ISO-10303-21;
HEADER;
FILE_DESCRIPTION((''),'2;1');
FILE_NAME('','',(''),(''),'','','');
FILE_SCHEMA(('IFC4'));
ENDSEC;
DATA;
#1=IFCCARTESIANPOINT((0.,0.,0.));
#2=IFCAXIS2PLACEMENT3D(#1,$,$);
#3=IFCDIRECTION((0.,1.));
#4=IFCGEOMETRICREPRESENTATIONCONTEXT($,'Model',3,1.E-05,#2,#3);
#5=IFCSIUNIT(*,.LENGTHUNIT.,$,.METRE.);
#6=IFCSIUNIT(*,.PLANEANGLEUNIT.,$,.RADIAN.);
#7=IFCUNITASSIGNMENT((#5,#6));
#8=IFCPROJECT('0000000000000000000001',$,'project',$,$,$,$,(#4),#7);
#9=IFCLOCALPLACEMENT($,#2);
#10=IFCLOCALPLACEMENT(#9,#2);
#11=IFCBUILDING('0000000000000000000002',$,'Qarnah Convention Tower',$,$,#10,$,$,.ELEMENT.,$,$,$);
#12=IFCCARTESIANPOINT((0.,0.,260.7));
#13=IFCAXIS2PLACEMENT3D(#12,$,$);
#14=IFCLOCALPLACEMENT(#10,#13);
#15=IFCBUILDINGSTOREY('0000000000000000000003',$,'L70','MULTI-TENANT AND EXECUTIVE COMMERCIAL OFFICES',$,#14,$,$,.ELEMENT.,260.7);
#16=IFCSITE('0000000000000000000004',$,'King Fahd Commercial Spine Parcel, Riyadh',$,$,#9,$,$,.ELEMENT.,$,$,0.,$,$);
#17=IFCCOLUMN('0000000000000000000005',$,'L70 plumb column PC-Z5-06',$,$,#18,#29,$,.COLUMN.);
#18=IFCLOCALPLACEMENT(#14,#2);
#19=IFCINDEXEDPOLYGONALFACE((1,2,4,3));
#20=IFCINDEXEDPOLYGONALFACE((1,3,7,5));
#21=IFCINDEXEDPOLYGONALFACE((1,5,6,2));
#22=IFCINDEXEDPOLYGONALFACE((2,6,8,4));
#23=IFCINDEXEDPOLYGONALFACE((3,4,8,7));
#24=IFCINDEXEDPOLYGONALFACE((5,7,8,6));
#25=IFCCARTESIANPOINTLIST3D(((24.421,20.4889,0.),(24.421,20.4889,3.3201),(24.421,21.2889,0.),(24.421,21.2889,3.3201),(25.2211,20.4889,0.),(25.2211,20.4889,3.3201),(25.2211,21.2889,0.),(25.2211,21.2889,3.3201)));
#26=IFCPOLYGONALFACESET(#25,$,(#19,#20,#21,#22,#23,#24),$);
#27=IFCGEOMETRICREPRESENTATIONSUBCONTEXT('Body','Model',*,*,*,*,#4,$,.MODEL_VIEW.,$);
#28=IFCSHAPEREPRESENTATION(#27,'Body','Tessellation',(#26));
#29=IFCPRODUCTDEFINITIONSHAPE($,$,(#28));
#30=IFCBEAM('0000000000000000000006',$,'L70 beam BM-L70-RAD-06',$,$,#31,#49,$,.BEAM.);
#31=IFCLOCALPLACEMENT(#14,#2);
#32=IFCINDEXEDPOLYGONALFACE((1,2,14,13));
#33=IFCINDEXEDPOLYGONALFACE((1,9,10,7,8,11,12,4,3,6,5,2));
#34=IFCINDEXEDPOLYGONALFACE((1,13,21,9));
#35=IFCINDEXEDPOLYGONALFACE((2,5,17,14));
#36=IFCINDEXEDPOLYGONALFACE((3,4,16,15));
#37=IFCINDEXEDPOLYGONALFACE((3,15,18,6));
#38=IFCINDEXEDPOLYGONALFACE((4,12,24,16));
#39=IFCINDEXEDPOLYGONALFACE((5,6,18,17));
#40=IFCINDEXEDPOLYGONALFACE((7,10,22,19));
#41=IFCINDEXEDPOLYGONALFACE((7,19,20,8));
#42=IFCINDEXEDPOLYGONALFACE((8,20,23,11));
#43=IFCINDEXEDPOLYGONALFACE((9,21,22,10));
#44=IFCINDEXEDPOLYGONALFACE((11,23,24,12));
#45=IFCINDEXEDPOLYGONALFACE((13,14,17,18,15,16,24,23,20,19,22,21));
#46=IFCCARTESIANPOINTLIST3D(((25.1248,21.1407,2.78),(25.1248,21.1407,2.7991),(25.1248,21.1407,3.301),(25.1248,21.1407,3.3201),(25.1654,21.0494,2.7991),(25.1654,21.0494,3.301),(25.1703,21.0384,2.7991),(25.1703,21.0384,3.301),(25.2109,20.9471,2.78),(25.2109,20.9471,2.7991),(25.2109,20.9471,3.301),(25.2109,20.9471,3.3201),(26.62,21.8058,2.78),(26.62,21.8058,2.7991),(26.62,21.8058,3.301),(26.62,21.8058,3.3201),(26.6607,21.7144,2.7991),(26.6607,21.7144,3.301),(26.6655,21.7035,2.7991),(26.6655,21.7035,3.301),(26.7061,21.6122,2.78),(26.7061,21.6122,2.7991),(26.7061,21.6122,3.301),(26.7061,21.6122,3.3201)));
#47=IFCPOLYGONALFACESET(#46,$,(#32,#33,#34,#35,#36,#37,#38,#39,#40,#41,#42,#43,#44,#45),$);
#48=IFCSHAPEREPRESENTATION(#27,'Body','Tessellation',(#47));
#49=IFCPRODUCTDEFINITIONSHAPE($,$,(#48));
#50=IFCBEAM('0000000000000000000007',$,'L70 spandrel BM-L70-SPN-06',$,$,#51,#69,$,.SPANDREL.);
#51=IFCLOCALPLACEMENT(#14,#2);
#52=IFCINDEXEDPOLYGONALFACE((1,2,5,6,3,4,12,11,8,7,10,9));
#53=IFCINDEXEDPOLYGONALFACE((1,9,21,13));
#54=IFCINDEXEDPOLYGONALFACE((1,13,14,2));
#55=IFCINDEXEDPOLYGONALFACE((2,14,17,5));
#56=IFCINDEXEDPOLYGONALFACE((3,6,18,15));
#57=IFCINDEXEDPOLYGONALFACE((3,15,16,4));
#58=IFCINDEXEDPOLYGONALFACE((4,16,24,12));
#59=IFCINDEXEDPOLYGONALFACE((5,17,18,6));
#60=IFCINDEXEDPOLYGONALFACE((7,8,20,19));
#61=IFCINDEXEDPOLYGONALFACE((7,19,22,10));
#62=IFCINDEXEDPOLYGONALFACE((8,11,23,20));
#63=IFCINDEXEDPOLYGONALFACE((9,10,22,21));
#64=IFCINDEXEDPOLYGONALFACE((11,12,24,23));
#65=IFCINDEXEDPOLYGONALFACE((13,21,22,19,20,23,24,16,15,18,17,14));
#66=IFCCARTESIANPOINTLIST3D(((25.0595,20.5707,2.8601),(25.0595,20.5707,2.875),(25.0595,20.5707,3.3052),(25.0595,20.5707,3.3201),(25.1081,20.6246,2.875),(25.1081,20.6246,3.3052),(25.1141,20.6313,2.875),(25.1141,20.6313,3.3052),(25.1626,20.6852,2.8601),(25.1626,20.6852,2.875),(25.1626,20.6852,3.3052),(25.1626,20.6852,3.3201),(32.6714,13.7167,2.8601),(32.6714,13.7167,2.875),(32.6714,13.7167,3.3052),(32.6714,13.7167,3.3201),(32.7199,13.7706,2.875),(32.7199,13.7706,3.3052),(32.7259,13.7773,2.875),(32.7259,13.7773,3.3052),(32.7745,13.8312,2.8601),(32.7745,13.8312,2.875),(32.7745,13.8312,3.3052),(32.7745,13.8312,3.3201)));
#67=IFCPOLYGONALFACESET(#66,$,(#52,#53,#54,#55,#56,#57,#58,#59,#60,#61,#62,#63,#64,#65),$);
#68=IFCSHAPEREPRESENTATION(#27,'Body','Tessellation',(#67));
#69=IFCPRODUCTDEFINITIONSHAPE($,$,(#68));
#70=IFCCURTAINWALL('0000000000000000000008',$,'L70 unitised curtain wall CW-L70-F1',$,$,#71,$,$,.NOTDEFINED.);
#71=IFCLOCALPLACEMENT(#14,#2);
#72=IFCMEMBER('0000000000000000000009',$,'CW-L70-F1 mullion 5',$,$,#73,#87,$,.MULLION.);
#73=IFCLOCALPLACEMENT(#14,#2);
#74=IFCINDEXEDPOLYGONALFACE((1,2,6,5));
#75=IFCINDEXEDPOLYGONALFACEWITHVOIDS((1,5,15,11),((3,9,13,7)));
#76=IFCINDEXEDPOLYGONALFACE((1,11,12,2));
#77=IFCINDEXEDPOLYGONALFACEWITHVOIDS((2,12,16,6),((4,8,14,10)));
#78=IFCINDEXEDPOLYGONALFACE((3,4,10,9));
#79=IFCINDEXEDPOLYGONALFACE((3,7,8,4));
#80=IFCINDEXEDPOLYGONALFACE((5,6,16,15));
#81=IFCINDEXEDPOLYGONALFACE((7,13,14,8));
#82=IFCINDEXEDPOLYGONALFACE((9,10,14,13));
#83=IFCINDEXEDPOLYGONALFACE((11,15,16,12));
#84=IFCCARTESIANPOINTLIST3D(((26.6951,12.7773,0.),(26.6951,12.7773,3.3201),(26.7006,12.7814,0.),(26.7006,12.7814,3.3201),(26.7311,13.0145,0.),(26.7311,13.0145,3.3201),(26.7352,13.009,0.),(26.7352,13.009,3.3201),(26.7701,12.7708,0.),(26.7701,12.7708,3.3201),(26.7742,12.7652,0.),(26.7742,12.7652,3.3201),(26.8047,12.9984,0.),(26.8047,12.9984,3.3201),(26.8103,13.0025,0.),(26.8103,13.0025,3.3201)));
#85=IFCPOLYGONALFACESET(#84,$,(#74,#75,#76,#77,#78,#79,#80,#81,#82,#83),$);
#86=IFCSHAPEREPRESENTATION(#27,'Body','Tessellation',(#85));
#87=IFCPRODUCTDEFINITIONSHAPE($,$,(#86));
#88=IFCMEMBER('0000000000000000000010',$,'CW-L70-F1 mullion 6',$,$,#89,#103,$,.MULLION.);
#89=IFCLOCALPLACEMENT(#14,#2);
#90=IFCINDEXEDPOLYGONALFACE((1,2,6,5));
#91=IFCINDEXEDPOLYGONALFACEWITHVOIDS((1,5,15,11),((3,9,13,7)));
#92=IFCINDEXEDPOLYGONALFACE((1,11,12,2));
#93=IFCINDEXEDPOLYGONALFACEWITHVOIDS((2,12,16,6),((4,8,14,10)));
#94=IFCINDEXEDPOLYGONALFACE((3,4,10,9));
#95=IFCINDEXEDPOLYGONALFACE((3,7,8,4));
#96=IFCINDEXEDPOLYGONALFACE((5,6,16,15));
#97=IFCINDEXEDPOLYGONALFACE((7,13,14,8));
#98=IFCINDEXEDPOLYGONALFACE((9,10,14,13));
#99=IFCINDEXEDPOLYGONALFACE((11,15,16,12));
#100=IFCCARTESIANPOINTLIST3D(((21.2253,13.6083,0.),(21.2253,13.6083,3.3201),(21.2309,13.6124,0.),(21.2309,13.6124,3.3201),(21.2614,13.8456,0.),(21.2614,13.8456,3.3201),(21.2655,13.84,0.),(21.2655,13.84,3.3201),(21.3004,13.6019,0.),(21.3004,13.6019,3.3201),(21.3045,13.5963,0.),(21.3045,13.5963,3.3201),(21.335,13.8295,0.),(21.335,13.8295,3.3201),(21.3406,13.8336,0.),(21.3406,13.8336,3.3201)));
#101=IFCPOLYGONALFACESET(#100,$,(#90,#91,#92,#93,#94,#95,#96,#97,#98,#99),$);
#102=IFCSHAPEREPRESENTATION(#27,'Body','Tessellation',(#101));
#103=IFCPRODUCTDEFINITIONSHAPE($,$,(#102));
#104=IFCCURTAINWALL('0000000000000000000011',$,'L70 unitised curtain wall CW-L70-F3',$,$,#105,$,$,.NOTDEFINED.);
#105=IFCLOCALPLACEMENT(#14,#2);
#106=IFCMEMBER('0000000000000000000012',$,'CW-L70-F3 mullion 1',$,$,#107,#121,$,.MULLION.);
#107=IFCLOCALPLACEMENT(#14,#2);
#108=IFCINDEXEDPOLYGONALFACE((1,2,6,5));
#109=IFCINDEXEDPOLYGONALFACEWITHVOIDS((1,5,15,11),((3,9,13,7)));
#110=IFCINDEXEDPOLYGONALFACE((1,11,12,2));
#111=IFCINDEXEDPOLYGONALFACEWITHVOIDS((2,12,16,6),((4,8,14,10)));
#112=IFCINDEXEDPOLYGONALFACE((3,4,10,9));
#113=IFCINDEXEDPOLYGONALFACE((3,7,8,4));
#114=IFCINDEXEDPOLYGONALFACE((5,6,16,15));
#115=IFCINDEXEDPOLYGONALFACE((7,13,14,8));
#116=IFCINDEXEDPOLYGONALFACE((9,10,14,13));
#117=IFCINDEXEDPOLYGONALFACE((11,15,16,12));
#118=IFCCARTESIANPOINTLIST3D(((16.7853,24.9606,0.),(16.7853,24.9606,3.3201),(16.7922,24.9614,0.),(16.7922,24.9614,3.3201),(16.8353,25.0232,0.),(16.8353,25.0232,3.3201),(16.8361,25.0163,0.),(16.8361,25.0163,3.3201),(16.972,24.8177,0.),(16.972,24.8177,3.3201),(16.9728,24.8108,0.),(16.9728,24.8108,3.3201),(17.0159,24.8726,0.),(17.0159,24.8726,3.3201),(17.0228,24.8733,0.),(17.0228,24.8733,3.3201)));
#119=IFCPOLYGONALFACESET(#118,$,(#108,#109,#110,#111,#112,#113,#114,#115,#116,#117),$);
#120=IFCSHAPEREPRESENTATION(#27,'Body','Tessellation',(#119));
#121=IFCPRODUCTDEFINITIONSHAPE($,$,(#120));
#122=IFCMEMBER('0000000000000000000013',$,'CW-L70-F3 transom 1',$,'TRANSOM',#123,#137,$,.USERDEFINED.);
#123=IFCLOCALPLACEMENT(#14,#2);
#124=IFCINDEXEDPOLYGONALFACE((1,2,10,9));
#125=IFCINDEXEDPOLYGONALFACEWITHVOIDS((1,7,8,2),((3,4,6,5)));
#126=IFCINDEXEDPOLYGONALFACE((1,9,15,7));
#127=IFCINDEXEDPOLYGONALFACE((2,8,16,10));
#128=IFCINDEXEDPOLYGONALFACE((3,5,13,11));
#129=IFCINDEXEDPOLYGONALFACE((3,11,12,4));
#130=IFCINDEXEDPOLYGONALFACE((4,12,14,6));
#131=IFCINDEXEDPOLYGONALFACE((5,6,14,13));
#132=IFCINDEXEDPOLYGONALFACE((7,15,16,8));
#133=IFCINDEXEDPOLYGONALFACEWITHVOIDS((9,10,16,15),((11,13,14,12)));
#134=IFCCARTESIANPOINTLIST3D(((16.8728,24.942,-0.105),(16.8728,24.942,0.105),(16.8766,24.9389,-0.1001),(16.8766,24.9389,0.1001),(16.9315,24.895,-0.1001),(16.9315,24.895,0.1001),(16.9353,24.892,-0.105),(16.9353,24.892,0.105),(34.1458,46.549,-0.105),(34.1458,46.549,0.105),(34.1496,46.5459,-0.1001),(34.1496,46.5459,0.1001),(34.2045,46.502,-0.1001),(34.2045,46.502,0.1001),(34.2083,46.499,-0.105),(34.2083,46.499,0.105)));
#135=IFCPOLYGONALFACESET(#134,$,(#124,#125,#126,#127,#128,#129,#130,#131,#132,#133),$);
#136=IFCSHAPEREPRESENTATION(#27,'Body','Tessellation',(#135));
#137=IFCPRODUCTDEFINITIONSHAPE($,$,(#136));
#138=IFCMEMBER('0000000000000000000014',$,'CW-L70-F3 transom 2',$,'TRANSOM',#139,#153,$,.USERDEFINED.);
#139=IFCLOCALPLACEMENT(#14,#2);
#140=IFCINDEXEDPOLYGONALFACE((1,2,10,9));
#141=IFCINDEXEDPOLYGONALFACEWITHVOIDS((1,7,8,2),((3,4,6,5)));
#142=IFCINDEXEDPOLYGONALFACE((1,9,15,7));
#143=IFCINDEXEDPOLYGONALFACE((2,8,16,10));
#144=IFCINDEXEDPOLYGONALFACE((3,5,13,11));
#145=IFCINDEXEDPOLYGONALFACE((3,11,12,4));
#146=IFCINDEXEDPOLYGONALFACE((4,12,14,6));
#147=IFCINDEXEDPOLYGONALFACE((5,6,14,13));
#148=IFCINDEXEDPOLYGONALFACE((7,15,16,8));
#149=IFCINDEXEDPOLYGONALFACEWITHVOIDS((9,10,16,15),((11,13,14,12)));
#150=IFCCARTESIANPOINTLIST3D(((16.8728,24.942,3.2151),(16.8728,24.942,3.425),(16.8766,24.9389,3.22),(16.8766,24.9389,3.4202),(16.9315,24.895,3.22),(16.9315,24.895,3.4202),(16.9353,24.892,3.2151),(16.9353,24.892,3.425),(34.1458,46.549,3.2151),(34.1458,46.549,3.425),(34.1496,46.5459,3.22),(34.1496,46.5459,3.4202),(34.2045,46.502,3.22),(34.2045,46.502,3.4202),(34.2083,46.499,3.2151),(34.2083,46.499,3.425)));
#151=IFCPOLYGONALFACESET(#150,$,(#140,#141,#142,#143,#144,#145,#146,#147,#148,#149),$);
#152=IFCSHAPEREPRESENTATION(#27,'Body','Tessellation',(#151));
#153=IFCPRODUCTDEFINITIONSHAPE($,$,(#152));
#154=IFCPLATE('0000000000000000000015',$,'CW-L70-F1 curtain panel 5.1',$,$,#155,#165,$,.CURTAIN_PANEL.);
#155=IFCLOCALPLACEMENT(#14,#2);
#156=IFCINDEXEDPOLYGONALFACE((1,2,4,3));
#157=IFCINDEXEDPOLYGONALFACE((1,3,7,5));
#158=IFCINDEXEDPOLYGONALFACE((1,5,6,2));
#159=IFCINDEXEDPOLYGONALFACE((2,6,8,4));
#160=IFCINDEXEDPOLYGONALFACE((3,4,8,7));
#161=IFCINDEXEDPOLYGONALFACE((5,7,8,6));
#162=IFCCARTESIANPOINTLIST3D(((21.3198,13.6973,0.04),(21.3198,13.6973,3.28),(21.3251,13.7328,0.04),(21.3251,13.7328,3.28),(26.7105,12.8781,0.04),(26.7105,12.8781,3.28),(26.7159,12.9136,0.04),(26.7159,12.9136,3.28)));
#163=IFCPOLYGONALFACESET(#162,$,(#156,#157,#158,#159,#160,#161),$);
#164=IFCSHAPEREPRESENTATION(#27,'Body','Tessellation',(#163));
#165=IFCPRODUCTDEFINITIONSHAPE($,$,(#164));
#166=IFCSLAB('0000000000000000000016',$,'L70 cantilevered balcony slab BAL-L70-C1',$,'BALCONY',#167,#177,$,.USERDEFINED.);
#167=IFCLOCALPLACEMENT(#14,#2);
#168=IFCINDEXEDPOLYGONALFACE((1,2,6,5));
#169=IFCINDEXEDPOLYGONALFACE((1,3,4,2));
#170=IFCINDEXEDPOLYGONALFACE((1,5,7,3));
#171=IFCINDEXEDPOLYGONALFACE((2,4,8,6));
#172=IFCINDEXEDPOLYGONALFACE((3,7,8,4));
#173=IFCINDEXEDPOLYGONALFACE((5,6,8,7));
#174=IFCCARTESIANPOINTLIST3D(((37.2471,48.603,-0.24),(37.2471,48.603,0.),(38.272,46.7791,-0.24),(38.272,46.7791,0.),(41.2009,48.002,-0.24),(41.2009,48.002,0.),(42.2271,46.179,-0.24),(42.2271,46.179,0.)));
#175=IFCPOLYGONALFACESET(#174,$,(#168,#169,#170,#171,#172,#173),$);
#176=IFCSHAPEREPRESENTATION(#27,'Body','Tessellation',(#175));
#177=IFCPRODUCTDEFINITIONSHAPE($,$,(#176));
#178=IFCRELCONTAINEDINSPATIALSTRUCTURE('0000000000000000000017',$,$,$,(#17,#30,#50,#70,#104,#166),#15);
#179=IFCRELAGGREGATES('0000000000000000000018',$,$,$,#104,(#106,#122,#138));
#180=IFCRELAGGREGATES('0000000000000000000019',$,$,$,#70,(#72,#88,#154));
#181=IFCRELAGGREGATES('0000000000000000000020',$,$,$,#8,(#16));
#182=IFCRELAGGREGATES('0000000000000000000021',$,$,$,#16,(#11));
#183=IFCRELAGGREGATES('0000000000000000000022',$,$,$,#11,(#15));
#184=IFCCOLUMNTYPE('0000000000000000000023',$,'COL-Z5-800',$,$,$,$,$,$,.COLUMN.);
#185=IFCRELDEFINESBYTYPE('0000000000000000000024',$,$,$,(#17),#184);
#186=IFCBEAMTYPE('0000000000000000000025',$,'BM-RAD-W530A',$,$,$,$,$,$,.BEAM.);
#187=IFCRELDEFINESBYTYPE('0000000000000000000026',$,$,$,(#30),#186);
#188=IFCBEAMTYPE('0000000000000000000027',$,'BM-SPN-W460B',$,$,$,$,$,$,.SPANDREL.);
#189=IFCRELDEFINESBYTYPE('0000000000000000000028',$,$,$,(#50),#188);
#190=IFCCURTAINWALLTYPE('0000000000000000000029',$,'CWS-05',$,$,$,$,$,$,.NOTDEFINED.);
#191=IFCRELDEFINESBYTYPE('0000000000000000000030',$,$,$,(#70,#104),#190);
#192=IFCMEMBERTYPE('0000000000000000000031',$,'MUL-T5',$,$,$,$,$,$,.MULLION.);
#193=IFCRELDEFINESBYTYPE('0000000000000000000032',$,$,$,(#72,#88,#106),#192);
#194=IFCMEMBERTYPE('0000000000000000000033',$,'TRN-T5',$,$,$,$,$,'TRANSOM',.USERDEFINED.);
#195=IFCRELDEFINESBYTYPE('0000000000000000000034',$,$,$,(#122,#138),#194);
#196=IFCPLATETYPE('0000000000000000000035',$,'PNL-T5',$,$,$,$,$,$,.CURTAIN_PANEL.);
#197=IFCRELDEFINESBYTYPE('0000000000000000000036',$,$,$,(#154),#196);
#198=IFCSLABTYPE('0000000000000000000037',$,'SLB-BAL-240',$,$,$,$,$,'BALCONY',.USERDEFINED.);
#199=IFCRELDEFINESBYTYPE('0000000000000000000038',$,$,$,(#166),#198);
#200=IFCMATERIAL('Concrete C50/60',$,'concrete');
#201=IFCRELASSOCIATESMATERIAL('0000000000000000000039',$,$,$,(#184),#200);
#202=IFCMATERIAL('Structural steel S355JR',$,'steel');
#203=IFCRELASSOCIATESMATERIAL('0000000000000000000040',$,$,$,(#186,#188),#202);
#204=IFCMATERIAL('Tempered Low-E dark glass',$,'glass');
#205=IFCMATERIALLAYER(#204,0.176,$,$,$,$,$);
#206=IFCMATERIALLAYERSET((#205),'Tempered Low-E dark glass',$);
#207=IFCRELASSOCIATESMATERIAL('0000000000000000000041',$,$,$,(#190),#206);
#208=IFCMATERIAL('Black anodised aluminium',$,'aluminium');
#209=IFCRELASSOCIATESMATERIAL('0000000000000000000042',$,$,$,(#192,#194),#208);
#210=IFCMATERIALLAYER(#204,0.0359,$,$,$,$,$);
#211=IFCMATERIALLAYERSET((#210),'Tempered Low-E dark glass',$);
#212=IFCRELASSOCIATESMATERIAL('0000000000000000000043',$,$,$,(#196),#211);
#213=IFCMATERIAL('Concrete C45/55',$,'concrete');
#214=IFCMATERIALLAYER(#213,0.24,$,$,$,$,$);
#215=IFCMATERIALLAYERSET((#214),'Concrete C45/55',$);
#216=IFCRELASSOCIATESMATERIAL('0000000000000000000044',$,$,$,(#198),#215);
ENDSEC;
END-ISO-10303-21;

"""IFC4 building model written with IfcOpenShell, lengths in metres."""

from ifc_helpers import new_model, si_unit, direction, frame, origin, origin_2d, place, context, subcontext, project, spatial, polyline, rectangle, hollow_rectangle, i_section, outline, extrude, material, layer, layer_set, material_profile, profile_set, type_object, element, aggregate, save


model = new_model("IFC4")

# Units and contexts
model_context = context("Model", 3, precision=1e-05, world=origin(), true_north=direction((0.0, 1.0)))
body_context = subcontext(model_context, "Body", "Model", "MODEL_VIEW")
ifc_project = project(units=[si_unit("LENGTHUNIT", "METRE"), si_unit("PLANEANGLEUNIT", "RADIAN")], contexts=[model_context])

# Site, building, storey
site_placement = place(None, origin())
site = spatial("IfcSite", under=ifc_project, at=site_placement, Name="King Fahd Commercial Spine Parcel, Riyadh", CompositionType="ELEMENT", RefElevation=0.0)
building_placement = place(site_placement, origin())
building = spatial("IfcBuilding", under=site, at=building_placement, Name="Qarnah Convention Tower", CompositionType="ELEMENT")
storey_placement = place(building_placement, frame((0.0, 0.0, 260.7)))
storey = spatial("IfcBuildingStorey", under=building, at=storey_placement, Name="L70", Description="MULTI-TENANT AND EXECUTIVE COMMERCIAL OFFICES", CompositionType="ELEMENT", Elevation=260.7)

# Column
ifc_material_1 = material(Name="Concrete C50/60", Category="concrete")
ifc_material_profile_1 = material_profile(ifc_material_1, rectangle(XDim=0.8, YDim=0.8, at=origin_2d()), Name="RC-COL-800X800")
ifc_profile_set_1 = profile_set([ifc_material_profile_1], Name="Concrete C50/60")
column_type = type_object("IfcColumnType", Name="COL-Z5-800", PredefinedType="COLUMN", material=ifc_profile_set_1)
column_placement = place(storey_placement, frame((24.821, 20.8889, 0.0), z_axis=(0.0, 0.0, 1.0), x_axis=(1.0, 0.0, 0.0)))
element("IfcColumn", 1, at=column_placement, inside=storey, type_object=column_type, Name="L70 plumb column PC-Z5-06", PredefinedType="COLUMN", context=body_context, shape_type="SweptSolid", body=[
    extrude(rectangle(XDim=0.8, YDim=0.8, at=origin_2d()), origin(), (0.0, 0.0, 1.0), 3.3201),
])

# Beams
ifc_material_2 = material(Name="Structural steel S355JR", Category="steel")
ifc_material_profile_2 = material_profile(ifc_material_2, i_section(OverallWidth=0.2119, OverallDepth=0.54, WebThickness=0.012, FlangeThickness=0.019, at=origin_2d()), Name="W530X109")
ifc_profile_set_2 = profile_set([ifc_material_profile_2], Name="Structural steel S355JR")
beam_type_1 = type_object("IfcBeamType", Name="BM-RAD-W530A", PredefinedType="BEAM", material=ifc_profile_set_2)
beam_1_placement = place(storey_placement, frame((26.6631, 21.709, 3.05), z_axis=(-0.913688, -0.406415, 0.0), x_axis=(0.406415, -0.913688, 0.0)))
element("IfcBeam", 2, at=beam_1_placement, inside=storey, type_object=beam_type_1, Name="L70 beam BM-L70-RAD-06", PredefinedType="BEAM", context=body_context, shape_type="SweptSolid", body=[
    extrude(i_section(OverallWidth=0.2119, OverallDepth=0.54, WebThickness=0.012, FlangeThickness=0.019, at=origin_2d()), origin(), (0.0, 0.0, 1.0), 1.6365),
])
ifc_material_profile_3 = material_profile(ifc_material_2, i_section(OverallWidth=0.1541, OverallDepth=0.46, WebThickness=0.009, FlangeThickness=0.0149, at=origin_2d()), Name="W460X68")
ifc_profile_set_3 = profile_set([ifc_material_profile_3], Name="Structural steel S355JR")
beam_type_2 = type_object("IfcBeamType", Name="BM-SPN-W460B", PredefinedType="SPANDREL", material=ifc_profile_set_3)
beam_2_placement = place(storey_placement, frame((25.1111, 20.6279, 3.0901), z_axis=(0.743131, -0.669146, 0.0), x_axis=(0.669146, 0.743131, 0.0)))
element("IfcBeam", 3, at=beam_2_placement, inside=storey, type_object=beam_type_2, Name="L70 spandrel BM-L70-SPN-06", PredefinedType="SPANDREL", context=body_context, shape_type="SweptSolid", body=[
    extrude(i_section(OverallWidth=0.1541, OverallDepth=0.46, WebThickness=0.009, FlangeThickness=0.0149, at=origin_2d()), origin(), (0.0, 0.0, 1.0), 10.2429),
])

# Curtain walls, members
ifc_material_3 = material(Name="Tempered Low-E dark glass", Category="glass")
ifc_layer_1 = layer(ifc_material_3, 0.176)
ifc_layer_set_1 = layer_set([ifc_layer_1], Name="Tempered Low-E dark glass")
curtain_wall_type = type_object("IfcCurtainWallType", Name="CWS-05", PredefinedType="NOTDEFINED", material=ifc_layer_set_1)
curtain_wall_1_placement = place(storey_placement, origin())
curtain_wall_1 = element("IfcCurtainWall", 4, at=curtain_wall_1_placement, inside=storey, type_object=curtain_wall_type, Name="L70 unitised curtain wall CW-L70-F1", PredefinedType="NOTDEFINED")
ifc_material_4 = material(Name="Black anodised aluminium", Category="aluminium")
ifc_material_profile_4 = material_profile(ifc_material_4, hollow_rectangle(XDim=0.0801, YDim=0.24, WallThickness=0.0049, at=origin_2d()), Name="MUL-80X240")
ifc_profile_set_4 = profile_set([ifc_material_profile_4], Name="Black anodised aluminium")
member_type_1 = type_object("IfcMemberType", Name="MUL-T5", PredefinedType="MULLION", material=ifc_profile_set_4)
member_1_placement = place(storey_placement, frame((26.7527, 12.8899, 0.0), z_axis=(0.0, 0.0, 1.0), x_axis=(-0.98865, 0.150237, 0.0)))
member_1 = element("IfcMember", 5, at=member_1_placement, type_object=member_type_1, Name="CW-L70-F1 mullion 5", PredefinedType="MULLION", context=body_context, shape_type="SweptSolid", body=[
    extrude(hollow_rectangle(XDim=0.0801, YDim=0.24, WallThickness=0.0049, at=origin_2d()), origin(), (0.0, 0.0, 1.0), 3.3201),
])
member_2_placement = place(storey_placement, frame((21.283, 13.7209, 0.0), z_axis=(0.0, 0.0, 1.0), x_axis=(-0.98865, 0.150237, 0.0)))
member_2 = element("IfcMember", 6, at=member_2_placement, type_object=member_type_1, Name="CW-L70-F1 mullion 6", PredefinedType="MULLION", context=body_context, shape_type="SweptSolid", body=[
    extrude(hollow_rectangle(XDim=0.0801, YDim=0.24, WallThickness=0.0049, at=origin_2d()), origin(), (0.0, 0.0, 1.0), 3.3201),
])
curtain_wall_2_placement = place(storey_placement, origin())
curtain_wall_2 = element("IfcCurtainWall", 7, at=curtain_wall_2_placement, inside=storey, type_object=curtain_wall_type, Name="L70 unitised curtain wall CW-L70-F3", PredefinedType="NOTDEFINED")
member_3_placement = place(storey_placement, frame((16.9041, 24.917, 0.0), z_axis=(0.0, 0.0, 1.0), x_axis=(0.624417, 0.781091, 0.0)))
member_3 = element("IfcMember", 8, at=member_3_placement, type_object=member_type_1, Name="CW-L70-F3 mullion 1", PredefinedType="MULLION", context=body_context, shape_type="SweptSolid", body=[
    extrude(hollow_rectangle(XDim=0.0801, YDim=0.24, WallThickness=0.0049, at=origin_2d()), origin(), (0.0, 0.0, 1.0), 3.3201),
])
ifc_material_profile_5 = material_profile(ifc_material_4, hollow_rectangle(XDim=0.0801, YDim=0.21, WallThickness=0.0049, at=origin_2d()), Name="TRN-80X210")
ifc_profile_set_5 = profile_set([ifc_material_profile_5], Name="Black anodised aluminium")
member_type_2 = type_object("IfcMemberType", Name="TRN-T5", ElementType="TRANSOM", PredefinedType="USERDEFINED", material=ifc_profile_set_5)
member_4_placement = place(storey_placement, frame((16.9041, 24.917, 0.0), z_axis=(0.624417, 0.781091, 0.0), x_axis=(-0.781091, 0.624417, 0.0)))
member_4 = element("IfcMember", 9, at=member_4_placement, type_object=member_type_2, Name="CW-L70-F3 transom 1", ObjectType="TRANSOM", PredefinedType="USERDEFINED", context=body_context, shape_type="SweptSolid", body=[
    extrude(hollow_rectangle(XDim=0.0801, YDim=0.21, WallThickness=0.0049, at=origin_2d()), origin(), (0.0, 0.0, 1.0), 27.6626),
])
member_5_placement = place(storey_placement, frame((16.9041, 24.917, 3.3201), z_axis=(0.624417, 0.781091, 0.0), x_axis=(-0.781091, 0.624417, 0.0)))
member_5 = element("IfcMember", 10, at=member_5_placement, type_object=member_type_2, Name="CW-L70-F3 transom 2", ObjectType="TRANSOM", PredefinedType="USERDEFINED", context=body_context, shape_type="SweptSolid", body=[
    extrude(hollow_rectangle(XDim=0.0801, YDim=0.21, WallThickness=0.0049, at=origin_2d()), origin(), (0.0, 0.0, 1.0), 27.6626),
])
aggregate(curtain_wall_2, [member_3, member_4, member_5])

# Plate
ifc_layer_2 = layer(ifc_material_3, 0.0359)
ifc_layer_set_2 = layer_set([ifc_layer_2], Name="Tempered Low-E dark glass")
plate_type = type_object("IfcPlateType", Name="PNL-T5", PredefinedType="CURTAIN_PANEL", material=ifc_layer_set_2)
plate_placement = place(storey_placement, frame((24.0178, 13.3054, 0.04), z_axis=(0.0, 0.0, 1.0), x_axis=(-0.98865, 0.150237, 0.0)))
plate = element("IfcPlate", 11, at=plate_placement, type_object=plate_type, Name="CW-L70-F1 curtain panel 5.1", PredefinedType="CURTAIN_PANEL", context=body_context, shape_type="SweptSolid", body=[
    extrude(rectangle(XDim=5.4526, YDim=0.0359, at=origin_2d()), origin(), (0.0, 0.0, 1.0), 3.24),
])
aggregate(curtain_wall_1, [member_1, member_2, plate])

# Slab
ifc_material_5 = material(Name="Concrete C45/55", Category="concrete")
ifc_layer_3 = layer(ifc_material_5, 0.24)
ifc_layer_set_3 = layer_set([ifc_layer_3], Name="Concrete C45/55")
slab_type_1 = type_object("IfcSlabType", Name="SLB-BAL-240", ElementType="BALCONY", PredefinedType="USERDEFINED", material=ifc_layer_set_3)
slab_1_placement = place(storey_placement, frame((0.0, 0.0, -0.24)))
element("IfcSlab", 12, at=slab_1_placement, inside=storey, type_object=slab_type_1, Name="L70 cantilevered balcony slab BAL-L70-C1", ObjectType="BALCONY", PredefinedType="USERDEFINED", context=body_context, shape_type="SweptSolid", body=[
    extrude(outline(polyline([(37.2471, 48.603), (41.2009, 48.002), (42.2271, 46.179), (38.272, 46.7791), (37.2471, 48.603)])), origin(), (0.0, 0.0, 1.0), 0.24),
])

save(model, "model.ifc")
